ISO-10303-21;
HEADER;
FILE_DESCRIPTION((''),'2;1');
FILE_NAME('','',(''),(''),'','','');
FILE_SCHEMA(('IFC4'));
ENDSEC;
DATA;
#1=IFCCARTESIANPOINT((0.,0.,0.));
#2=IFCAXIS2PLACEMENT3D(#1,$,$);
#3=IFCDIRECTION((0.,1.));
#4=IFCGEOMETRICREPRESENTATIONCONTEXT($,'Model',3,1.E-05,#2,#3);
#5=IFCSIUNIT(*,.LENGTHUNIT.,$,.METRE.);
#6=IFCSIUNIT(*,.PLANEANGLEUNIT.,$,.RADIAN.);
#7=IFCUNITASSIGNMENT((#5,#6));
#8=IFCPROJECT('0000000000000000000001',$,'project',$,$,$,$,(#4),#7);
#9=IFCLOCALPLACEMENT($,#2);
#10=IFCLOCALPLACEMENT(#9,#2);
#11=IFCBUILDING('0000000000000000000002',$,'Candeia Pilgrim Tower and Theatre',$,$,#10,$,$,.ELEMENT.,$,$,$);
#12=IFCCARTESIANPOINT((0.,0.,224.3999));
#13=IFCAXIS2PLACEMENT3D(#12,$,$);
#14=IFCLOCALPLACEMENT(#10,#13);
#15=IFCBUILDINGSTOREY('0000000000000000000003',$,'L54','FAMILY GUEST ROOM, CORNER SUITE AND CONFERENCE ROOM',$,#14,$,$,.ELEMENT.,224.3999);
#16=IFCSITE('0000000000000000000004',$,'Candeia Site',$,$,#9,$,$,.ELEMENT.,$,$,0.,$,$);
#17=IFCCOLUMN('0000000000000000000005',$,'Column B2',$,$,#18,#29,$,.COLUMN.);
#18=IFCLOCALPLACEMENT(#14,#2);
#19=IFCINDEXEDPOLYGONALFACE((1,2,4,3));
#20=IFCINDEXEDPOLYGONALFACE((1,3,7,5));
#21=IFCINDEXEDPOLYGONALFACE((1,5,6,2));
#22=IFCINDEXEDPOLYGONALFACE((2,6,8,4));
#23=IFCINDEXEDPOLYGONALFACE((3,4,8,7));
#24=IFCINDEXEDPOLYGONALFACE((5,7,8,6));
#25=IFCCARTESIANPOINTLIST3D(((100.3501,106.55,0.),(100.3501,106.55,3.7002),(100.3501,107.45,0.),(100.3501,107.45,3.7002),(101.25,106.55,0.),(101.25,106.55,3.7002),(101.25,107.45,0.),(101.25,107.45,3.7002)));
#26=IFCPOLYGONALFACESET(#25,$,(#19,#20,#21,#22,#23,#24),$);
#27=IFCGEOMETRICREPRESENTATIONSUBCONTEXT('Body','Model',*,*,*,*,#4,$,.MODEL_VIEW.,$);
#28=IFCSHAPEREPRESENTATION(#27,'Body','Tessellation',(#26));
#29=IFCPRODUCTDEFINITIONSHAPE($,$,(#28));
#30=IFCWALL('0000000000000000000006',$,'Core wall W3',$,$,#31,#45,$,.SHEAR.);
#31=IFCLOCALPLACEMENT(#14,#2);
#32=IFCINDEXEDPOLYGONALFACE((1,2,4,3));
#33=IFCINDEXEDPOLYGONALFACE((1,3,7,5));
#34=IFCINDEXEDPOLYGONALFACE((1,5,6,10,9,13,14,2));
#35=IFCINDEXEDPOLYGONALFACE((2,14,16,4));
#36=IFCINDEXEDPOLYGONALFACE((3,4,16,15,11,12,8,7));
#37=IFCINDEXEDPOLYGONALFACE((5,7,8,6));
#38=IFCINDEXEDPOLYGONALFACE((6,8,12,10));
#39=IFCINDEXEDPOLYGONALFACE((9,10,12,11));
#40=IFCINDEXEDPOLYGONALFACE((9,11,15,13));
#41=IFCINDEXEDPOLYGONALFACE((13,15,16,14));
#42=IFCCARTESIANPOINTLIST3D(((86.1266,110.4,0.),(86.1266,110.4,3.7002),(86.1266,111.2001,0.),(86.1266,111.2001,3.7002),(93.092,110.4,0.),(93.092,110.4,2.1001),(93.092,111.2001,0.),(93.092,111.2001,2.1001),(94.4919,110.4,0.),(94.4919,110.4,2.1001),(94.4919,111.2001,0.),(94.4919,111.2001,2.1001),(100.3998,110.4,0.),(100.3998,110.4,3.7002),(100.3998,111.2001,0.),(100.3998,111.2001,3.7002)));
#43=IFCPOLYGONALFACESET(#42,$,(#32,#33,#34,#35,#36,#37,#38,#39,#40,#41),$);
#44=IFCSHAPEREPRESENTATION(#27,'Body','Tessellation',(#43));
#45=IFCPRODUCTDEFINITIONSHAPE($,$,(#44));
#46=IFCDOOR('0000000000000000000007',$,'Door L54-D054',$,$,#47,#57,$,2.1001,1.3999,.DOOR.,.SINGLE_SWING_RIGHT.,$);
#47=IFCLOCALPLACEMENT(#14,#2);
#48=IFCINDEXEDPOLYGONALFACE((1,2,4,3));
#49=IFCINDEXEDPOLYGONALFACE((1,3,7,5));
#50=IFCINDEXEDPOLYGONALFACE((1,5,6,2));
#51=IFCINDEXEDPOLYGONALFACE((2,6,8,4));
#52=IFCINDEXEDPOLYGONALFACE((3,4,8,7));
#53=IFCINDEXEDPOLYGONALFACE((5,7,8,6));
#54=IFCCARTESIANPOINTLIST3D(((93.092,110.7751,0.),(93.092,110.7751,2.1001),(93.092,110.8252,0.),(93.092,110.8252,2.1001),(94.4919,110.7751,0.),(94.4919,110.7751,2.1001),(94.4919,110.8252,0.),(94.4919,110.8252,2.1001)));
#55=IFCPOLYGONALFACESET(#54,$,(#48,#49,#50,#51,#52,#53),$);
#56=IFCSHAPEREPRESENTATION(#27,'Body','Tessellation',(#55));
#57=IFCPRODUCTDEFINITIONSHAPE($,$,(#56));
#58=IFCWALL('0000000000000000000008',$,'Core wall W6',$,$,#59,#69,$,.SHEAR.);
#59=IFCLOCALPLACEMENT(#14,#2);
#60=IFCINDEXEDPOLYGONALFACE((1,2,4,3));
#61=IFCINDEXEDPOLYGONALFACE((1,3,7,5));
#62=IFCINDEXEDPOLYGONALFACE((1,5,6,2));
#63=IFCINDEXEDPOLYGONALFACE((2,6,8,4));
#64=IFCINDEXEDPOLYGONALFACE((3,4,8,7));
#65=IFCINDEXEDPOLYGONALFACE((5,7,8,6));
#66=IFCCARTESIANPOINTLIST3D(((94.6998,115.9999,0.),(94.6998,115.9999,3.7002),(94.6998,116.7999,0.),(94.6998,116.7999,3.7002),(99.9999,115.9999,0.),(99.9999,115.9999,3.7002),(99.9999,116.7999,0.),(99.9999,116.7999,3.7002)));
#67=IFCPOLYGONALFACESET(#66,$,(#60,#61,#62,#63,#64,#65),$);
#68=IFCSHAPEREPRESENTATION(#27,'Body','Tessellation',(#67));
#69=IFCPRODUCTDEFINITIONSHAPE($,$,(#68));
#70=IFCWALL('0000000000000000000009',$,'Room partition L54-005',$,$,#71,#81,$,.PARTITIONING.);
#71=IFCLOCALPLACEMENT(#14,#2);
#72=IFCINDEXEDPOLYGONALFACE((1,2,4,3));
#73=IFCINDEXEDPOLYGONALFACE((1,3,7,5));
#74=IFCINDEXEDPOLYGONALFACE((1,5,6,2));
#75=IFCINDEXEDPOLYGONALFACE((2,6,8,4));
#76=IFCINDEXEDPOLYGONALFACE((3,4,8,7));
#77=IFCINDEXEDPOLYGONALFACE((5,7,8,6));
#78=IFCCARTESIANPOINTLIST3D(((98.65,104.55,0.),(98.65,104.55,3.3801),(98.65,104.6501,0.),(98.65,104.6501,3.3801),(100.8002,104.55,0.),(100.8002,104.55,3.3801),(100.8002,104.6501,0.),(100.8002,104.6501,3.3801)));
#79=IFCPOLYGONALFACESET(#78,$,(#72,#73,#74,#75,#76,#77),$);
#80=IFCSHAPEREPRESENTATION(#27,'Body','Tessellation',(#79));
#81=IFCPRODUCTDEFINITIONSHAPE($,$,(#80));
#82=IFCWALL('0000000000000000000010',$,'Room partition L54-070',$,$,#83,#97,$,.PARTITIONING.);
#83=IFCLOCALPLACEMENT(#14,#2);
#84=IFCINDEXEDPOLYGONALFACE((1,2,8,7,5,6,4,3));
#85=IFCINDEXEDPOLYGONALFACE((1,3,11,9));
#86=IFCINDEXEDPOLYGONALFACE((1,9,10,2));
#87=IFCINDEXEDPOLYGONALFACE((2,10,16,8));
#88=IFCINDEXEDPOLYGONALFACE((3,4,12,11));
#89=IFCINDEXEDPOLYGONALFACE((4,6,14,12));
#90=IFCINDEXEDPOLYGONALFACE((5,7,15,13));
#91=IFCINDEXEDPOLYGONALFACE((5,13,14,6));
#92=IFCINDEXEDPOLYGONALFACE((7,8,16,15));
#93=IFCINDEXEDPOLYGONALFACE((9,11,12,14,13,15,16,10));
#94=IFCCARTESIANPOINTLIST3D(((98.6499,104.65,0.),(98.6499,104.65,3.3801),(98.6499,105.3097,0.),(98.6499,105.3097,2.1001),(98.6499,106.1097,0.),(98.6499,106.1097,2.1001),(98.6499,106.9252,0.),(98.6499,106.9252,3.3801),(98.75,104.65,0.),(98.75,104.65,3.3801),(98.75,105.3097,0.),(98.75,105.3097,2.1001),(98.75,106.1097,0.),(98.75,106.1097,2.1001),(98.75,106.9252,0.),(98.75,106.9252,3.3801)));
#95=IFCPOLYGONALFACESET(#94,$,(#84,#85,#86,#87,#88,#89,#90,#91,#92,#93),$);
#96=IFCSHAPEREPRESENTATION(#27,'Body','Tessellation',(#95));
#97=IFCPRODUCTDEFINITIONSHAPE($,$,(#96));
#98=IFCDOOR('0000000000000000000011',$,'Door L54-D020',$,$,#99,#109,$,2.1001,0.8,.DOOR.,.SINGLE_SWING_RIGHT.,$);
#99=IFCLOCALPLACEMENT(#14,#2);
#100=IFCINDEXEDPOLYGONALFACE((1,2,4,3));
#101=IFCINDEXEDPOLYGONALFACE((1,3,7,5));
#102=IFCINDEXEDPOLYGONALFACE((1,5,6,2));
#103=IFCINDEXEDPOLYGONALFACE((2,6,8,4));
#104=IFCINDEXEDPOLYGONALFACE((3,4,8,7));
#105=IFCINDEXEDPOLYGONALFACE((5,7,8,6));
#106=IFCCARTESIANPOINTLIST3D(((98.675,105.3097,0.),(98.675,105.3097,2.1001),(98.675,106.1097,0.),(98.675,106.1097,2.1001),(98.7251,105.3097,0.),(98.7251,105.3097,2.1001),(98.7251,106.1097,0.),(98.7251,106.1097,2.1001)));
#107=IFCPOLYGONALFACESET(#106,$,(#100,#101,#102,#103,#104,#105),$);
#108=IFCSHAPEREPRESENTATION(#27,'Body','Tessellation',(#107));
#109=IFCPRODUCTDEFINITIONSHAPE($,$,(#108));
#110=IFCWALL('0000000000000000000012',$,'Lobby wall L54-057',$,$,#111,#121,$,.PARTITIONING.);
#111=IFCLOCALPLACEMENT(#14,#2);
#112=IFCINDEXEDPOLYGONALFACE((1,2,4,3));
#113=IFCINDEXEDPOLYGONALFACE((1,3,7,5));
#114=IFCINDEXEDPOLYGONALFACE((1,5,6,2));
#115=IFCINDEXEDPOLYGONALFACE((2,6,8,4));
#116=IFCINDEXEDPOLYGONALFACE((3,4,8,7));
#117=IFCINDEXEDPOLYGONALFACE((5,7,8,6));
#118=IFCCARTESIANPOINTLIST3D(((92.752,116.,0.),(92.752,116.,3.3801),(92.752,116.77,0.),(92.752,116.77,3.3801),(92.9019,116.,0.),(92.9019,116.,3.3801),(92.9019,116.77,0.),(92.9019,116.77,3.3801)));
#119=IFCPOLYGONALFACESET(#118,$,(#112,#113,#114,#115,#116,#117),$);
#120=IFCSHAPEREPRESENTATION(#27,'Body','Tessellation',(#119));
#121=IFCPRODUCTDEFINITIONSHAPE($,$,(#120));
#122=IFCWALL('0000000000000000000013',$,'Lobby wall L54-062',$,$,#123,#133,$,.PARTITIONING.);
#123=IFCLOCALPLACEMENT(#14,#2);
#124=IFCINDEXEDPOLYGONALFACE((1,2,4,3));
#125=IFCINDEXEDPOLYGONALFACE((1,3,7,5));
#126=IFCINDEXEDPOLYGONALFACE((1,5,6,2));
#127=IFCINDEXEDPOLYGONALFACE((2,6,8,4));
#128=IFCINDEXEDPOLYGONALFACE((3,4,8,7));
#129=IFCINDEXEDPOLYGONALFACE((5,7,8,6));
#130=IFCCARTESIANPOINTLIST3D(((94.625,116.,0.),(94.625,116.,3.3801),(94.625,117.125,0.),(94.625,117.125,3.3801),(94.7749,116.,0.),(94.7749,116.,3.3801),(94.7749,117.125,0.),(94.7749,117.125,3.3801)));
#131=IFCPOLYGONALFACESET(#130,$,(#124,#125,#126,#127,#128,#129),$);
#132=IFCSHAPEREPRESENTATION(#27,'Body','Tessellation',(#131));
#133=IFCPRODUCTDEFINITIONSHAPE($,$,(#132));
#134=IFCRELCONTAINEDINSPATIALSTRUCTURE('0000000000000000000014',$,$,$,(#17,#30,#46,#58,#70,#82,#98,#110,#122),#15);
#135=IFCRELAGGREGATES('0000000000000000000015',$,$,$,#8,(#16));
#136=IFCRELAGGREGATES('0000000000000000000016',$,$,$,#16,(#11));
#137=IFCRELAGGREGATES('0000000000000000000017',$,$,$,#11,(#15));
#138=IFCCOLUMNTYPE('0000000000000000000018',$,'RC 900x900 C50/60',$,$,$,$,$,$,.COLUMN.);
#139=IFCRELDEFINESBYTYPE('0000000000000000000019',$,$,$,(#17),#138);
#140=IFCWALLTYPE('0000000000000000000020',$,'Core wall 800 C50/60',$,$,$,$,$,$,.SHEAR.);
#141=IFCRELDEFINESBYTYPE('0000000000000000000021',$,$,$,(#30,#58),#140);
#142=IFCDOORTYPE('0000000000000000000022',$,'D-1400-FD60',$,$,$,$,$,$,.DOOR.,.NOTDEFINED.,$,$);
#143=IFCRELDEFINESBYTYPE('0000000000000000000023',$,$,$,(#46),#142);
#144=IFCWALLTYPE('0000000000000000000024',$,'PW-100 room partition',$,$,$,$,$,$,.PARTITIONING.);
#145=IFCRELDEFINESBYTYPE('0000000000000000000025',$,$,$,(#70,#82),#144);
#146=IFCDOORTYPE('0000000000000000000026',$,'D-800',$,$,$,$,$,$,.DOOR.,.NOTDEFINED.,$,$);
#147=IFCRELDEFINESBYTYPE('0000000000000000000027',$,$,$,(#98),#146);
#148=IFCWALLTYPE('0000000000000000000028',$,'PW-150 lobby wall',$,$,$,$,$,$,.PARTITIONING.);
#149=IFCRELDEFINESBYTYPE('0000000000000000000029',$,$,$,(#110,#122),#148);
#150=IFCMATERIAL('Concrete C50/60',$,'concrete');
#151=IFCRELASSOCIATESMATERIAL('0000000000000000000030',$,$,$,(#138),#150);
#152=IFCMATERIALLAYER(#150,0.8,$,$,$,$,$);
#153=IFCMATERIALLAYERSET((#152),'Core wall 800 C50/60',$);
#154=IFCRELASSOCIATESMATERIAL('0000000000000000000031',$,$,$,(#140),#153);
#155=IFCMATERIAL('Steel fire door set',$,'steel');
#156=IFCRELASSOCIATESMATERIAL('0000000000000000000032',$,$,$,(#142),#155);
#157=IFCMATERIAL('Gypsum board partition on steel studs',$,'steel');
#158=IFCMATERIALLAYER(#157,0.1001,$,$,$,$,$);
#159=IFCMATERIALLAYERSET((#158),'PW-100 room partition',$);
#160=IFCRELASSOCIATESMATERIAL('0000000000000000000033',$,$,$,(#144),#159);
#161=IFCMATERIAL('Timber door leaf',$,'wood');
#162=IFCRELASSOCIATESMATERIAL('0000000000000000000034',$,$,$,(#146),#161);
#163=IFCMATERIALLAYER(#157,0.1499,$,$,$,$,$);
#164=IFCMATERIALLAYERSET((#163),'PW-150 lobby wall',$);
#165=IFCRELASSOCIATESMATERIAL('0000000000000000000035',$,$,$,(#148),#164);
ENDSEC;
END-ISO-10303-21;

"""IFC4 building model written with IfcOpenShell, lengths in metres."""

from ifc_helpers import new_model, si_unit, direction, frame, frame_2d, origin, origin_2d, place, context, subcontext, project, spatial, rectangle, extrude, material, layer, layer_set, material_profile, profile_set, type_object, element, fill, save


model = new_model("IFC4")

# Units and contexts
model_context = context("Model", 3, precision=1e-05, world=origin(), true_north=direction((0.0, 1.0)))
body_context = subcontext(model_context, "Body", "Model", "MODEL_VIEW")
ifc_project = project(units=[si_unit("LENGTHUNIT", "METRE"), si_unit("PLANEANGLEUNIT", "RADIAN")], contexts=[model_context])

# Site, building, storey
site_placement = place(None, origin())
site = spatial("IfcSite", under=ifc_project, at=site_placement, Name="Candeia Site", CompositionType="ELEMENT", RefElevation=0.0)
building_placement = place(site_placement, origin())
building = spatial("IfcBuilding", under=site, at=building_placement, Name="Candeia Pilgrim Tower and Theatre", CompositionType="ELEMENT")
storey_placement = place(building_placement, frame((0.0, 0.0, 224.3999)))
storey = spatial("IfcBuildingStorey", under=building, at=storey_placement, Name="L54", Description="FAMILY GUEST ROOM, CORNER SUITE AND CONFERENCE ROOM", CompositionType="ELEMENT", Elevation=224.3999)

# Column
ifc_material_1 = material(Name="Concrete C50/60", Category="concrete")
ifc_material_profile = material_profile(ifc_material_1, rectangle(XDim=0.8999, YDim=0.8999, at=origin_2d()))
ifc_profile_set = profile_set([ifc_material_profile], Name="Concrete C50/60")
column_type = type_object("IfcColumnType", Name="RC 900x900 C50/60", PredefinedType="COLUMN", material=ifc_profile_set)
column_placement = place(storey_placement, frame((100.8, 107.0, 0.0), z_axis=(0.0, 0.0, 1.0), x_axis=(1.0, 0.0, 0.0)))
element("IfcColumn", 1, at=column_placement, inside=storey, type_object=column_type, Name="Column B2", PredefinedType="COLUMN", context=body_context, shape_type="SweptSolid", body=[
    extrude(rectangle(XDim=0.8999, YDim=0.8999, at=origin_2d()), origin(), (0.0, 0.0, 1.0), 3.7002),
])

# Wall, opening, door
ifc_layer_1 = layer(ifc_material_1, 0.8)
ifc_layer_set_1 = layer_set([ifc_layer_1], Name="Core wall 800 C50/60")
wall_type_1 = type_object("IfcWallType", Name="Core wall 800 C50/60", PredefinedType="SHEAR", material=ifc_layer_set_1)
wall_1_placement = place(storey_placement, frame((100.3999, 110.8, 0.0), z_axis=(0.0, 0.0, 1.0), x_axis=(-1.0, 0.0, 0.0)))
wall_1 = element("IfcWall", 2, at=wall_1_placement, inside=storey, type_object=wall_type_1, Name="Core wall W3", PredefinedType="SHEAR", context=body_context, shape_type="SweptSolid", body=[
    extrude(rectangle(XDim=14.2732, YDim=0.8, at=frame_2d((7.1367, 0.0))), origin(), (0.0, 0.0, 1.0), 3.7002),
])
opening_1_placement = place(wall_1_placement, frame((5.908, 0.0, 0.0)))
opening_1 = element("IfcOpeningElement", 3, at=opening_1_placement, cuts=wall_1, PredefinedType="OPENING", context=body_context, shape_type="SweptSolid", body=[
    extrude(rectangle(XDim=1.3999, YDim=2.1001, at=frame_2d((0.7, 1.05))), frame((0.0, 0.4102, 0.0), z_axis=(0.0, -1.0, 0.0), x_axis=(1.0, 0.0, 0.0)), (0.0, 0.0, 1.0), 0.8201),
])
ifc_material_2 = material(Name="Steel fire door set", Category="steel")
door_type_1 = type_object("IfcDoorType", Name="D-1400-FD60", OperationType="NOTDEFINED", PredefinedType="DOOR", material=ifc_material_2)
door_1_placement = place(opening_1_placement, origin())
door_1 = element("IfcDoor", 4, at=door_1_placement, inside=storey, type_object=door_type_1, Name="Door L54-D054", OperationType="SINGLE_SWING_RIGHT", OverallHeight=2.1001, OverallWidth=1.3999, PredefinedType="DOOR", context=body_context, shape_type="SweptSolid", body=[
    extrude(rectangle(XDim=1.3999, YDim=2.1001, at=frame_2d((0.7, 1.05))), frame((0.0, 0.0249, 0.0), z_axis=(0.0, -1.0, 0.0), x_axis=(1.0, 0.0, 0.0)), (0.0, 0.0, 1.0), 0.05),
])
fill(opening_1, door_1)

# Walls
wall_2_placement = place(storey_placement, frame((94.7, 116.3999, 0.0), z_axis=(0.0, 0.0, 1.0), x_axis=(1.0, 0.0, 0.0)))
element("IfcWall", 5, at=wall_2_placement, inside=storey, type_object=wall_type_1, Name="Core wall W6", PredefinedType="SHEAR", context=body_context, shape_type="SweptSolid", body=[
    extrude(rectangle(XDim=5.3, YDim=0.8, at=frame_2d((2.6499, 0.0))), origin(), (0.0, 0.0, 1.0), 3.7002),
])
ifc_material_3 = material(Name="Gypsum board partition on steel studs", Category="steel")
ifc_layer_2 = layer(ifc_material_3, 0.1001)
ifc_layer_set_2 = layer_set([ifc_layer_2], Name="PW-100 room partition")
wall_type_2 = type_object("IfcWallType", Name="PW-100 room partition", PredefinedType="PARTITIONING", material=ifc_layer_set_2)
wall_3_placement = place(storey_placement, frame((98.6499, 104.6001, 0.0), z_axis=(0.0, 0.0, 1.0), x_axis=(1.0, 0.0, 0.0)))
element("IfcWall", 6, at=wall_3_placement, inside=storey, type_object=wall_type_2, Name="Room partition L54-005", PredefinedType="PARTITIONING", context=body_context, shape_type="SweptSolid", body=[
    extrude(rectangle(XDim=2.1501, YDim=0.1001, at=frame_2d((1.0752, 0.0))), origin(), (0.0, 0.0, 1.0), 3.3801),
])

# Wall, opening, door
wall_4_placement = place(storey_placement, frame((98.7, 104.6499, 0.0), z_axis=(0.0, 0.0, 1.0), x_axis=(0.0, 1.0, 0.0)))
wall_4 = element("IfcWall", 7, at=wall_4_placement, inside=storey, type_object=wall_type_2, Name="Room partition L54-070", PredefinedType="PARTITIONING", context=body_context, shape_type="SweptSolid", body=[
    extrude(rectangle(XDim=2.2751, YDim=0.1001, at=frame_2d((1.1377, 0.0))), origin(), (0.0, 0.0, 1.0), 3.3801),
])
opening_2_placement = place(wall_4_placement, frame((0.6599, 0.0, 0.0)))
opening_2 = element("IfcOpeningElement", 8, at=opening_2_placement, cuts=wall_4, PredefinedType="OPENING", context=body_context, shape_type="SweptSolid", body=[
    extrude(rectangle(XDim=0.8, YDim=2.1001, at=frame_2d((0.3999, 1.05))), frame((0.0, 0.0601, 0.0), z_axis=(0.0, -1.0, 0.0), x_axis=(1.0, 0.0, 0.0)), (0.0, 0.0, 1.0), 0.1201),
])
ifc_material_4 = material(Name="Timber door leaf", Category="wood")
door_type_2 = type_object("IfcDoorType", Name="D-800", OperationType="NOTDEFINED", PredefinedType="DOOR", material=ifc_material_4)
door_2_placement = place(opening_2_placement, origin())
door_2 = element("IfcDoor", 9, at=door_2_placement, inside=storey, type_object=door_type_2, Name="Door L54-D020", OperationType="SINGLE_SWING_RIGHT", OverallHeight=2.1001, OverallWidth=0.8, PredefinedType="DOOR", context=body_context, shape_type="SweptSolid", body=[
    extrude(rectangle(XDim=0.8, YDim=2.1001, at=frame_2d((0.3999, 1.05))), frame((0.0, 0.0249, 0.0), z_axis=(0.0, -1.0, 0.0), x_axis=(1.0, 0.0, 0.0)), (0.0, 0.0, 1.0), 0.05),
])
fill(opening_2, door_2)

# Walls
ifc_layer_3 = layer(ifc_material_3, 0.1499)
ifc_layer_set_3 = layer_set([ifc_layer_3], Name="PW-150 lobby wall")
wall_type_3 = type_object("IfcWallType", Name="PW-150 lobby wall", PredefinedType="PARTITIONING", material=ifc_layer_set_3)
wall_5_placement = place(storey_placement, frame((92.8269, 116.0, 0.0), z_axis=(0.0, 0.0, 1.0), x_axis=(0.0, 1.0, 0.0)))
element("IfcWall", 10, at=wall_5_placement, inside=storey, type_object=wall_type_3, Name="Lobby wall L54-057", PredefinedType="PARTITIONING", context=body_context, shape_type="SweptSolid", body=[
    extrude(rectangle(XDim=0.77, YDim=0.1499, at=frame_2d((0.385, 0.0))), origin(), (0.0, 0.0, 1.0), 3.3801),
])
wall_6_placement = place(storey_placement, frame((94.7, 116.0, 0.0), z_axis=(0.0, 0.0, 1.0), x_axis=(0.0, 1.0, 0.0)))
element("IfcWall", 11, at=wall_6_placement, inside=storey, type_object=wall_type_3, Name="Lobby wall L54-062", PredefinedType="PARTITIONING", context=body_context, shape_type="SweptSolid", body=[
    extrude(rectangle(XDim=1.125, YDim=0.1499, at=frame_2d((0.5625, 0.0))), origin(), (0.0, 0.0, 1.0), 3.3801),
])

save(model, "model.ifc")
